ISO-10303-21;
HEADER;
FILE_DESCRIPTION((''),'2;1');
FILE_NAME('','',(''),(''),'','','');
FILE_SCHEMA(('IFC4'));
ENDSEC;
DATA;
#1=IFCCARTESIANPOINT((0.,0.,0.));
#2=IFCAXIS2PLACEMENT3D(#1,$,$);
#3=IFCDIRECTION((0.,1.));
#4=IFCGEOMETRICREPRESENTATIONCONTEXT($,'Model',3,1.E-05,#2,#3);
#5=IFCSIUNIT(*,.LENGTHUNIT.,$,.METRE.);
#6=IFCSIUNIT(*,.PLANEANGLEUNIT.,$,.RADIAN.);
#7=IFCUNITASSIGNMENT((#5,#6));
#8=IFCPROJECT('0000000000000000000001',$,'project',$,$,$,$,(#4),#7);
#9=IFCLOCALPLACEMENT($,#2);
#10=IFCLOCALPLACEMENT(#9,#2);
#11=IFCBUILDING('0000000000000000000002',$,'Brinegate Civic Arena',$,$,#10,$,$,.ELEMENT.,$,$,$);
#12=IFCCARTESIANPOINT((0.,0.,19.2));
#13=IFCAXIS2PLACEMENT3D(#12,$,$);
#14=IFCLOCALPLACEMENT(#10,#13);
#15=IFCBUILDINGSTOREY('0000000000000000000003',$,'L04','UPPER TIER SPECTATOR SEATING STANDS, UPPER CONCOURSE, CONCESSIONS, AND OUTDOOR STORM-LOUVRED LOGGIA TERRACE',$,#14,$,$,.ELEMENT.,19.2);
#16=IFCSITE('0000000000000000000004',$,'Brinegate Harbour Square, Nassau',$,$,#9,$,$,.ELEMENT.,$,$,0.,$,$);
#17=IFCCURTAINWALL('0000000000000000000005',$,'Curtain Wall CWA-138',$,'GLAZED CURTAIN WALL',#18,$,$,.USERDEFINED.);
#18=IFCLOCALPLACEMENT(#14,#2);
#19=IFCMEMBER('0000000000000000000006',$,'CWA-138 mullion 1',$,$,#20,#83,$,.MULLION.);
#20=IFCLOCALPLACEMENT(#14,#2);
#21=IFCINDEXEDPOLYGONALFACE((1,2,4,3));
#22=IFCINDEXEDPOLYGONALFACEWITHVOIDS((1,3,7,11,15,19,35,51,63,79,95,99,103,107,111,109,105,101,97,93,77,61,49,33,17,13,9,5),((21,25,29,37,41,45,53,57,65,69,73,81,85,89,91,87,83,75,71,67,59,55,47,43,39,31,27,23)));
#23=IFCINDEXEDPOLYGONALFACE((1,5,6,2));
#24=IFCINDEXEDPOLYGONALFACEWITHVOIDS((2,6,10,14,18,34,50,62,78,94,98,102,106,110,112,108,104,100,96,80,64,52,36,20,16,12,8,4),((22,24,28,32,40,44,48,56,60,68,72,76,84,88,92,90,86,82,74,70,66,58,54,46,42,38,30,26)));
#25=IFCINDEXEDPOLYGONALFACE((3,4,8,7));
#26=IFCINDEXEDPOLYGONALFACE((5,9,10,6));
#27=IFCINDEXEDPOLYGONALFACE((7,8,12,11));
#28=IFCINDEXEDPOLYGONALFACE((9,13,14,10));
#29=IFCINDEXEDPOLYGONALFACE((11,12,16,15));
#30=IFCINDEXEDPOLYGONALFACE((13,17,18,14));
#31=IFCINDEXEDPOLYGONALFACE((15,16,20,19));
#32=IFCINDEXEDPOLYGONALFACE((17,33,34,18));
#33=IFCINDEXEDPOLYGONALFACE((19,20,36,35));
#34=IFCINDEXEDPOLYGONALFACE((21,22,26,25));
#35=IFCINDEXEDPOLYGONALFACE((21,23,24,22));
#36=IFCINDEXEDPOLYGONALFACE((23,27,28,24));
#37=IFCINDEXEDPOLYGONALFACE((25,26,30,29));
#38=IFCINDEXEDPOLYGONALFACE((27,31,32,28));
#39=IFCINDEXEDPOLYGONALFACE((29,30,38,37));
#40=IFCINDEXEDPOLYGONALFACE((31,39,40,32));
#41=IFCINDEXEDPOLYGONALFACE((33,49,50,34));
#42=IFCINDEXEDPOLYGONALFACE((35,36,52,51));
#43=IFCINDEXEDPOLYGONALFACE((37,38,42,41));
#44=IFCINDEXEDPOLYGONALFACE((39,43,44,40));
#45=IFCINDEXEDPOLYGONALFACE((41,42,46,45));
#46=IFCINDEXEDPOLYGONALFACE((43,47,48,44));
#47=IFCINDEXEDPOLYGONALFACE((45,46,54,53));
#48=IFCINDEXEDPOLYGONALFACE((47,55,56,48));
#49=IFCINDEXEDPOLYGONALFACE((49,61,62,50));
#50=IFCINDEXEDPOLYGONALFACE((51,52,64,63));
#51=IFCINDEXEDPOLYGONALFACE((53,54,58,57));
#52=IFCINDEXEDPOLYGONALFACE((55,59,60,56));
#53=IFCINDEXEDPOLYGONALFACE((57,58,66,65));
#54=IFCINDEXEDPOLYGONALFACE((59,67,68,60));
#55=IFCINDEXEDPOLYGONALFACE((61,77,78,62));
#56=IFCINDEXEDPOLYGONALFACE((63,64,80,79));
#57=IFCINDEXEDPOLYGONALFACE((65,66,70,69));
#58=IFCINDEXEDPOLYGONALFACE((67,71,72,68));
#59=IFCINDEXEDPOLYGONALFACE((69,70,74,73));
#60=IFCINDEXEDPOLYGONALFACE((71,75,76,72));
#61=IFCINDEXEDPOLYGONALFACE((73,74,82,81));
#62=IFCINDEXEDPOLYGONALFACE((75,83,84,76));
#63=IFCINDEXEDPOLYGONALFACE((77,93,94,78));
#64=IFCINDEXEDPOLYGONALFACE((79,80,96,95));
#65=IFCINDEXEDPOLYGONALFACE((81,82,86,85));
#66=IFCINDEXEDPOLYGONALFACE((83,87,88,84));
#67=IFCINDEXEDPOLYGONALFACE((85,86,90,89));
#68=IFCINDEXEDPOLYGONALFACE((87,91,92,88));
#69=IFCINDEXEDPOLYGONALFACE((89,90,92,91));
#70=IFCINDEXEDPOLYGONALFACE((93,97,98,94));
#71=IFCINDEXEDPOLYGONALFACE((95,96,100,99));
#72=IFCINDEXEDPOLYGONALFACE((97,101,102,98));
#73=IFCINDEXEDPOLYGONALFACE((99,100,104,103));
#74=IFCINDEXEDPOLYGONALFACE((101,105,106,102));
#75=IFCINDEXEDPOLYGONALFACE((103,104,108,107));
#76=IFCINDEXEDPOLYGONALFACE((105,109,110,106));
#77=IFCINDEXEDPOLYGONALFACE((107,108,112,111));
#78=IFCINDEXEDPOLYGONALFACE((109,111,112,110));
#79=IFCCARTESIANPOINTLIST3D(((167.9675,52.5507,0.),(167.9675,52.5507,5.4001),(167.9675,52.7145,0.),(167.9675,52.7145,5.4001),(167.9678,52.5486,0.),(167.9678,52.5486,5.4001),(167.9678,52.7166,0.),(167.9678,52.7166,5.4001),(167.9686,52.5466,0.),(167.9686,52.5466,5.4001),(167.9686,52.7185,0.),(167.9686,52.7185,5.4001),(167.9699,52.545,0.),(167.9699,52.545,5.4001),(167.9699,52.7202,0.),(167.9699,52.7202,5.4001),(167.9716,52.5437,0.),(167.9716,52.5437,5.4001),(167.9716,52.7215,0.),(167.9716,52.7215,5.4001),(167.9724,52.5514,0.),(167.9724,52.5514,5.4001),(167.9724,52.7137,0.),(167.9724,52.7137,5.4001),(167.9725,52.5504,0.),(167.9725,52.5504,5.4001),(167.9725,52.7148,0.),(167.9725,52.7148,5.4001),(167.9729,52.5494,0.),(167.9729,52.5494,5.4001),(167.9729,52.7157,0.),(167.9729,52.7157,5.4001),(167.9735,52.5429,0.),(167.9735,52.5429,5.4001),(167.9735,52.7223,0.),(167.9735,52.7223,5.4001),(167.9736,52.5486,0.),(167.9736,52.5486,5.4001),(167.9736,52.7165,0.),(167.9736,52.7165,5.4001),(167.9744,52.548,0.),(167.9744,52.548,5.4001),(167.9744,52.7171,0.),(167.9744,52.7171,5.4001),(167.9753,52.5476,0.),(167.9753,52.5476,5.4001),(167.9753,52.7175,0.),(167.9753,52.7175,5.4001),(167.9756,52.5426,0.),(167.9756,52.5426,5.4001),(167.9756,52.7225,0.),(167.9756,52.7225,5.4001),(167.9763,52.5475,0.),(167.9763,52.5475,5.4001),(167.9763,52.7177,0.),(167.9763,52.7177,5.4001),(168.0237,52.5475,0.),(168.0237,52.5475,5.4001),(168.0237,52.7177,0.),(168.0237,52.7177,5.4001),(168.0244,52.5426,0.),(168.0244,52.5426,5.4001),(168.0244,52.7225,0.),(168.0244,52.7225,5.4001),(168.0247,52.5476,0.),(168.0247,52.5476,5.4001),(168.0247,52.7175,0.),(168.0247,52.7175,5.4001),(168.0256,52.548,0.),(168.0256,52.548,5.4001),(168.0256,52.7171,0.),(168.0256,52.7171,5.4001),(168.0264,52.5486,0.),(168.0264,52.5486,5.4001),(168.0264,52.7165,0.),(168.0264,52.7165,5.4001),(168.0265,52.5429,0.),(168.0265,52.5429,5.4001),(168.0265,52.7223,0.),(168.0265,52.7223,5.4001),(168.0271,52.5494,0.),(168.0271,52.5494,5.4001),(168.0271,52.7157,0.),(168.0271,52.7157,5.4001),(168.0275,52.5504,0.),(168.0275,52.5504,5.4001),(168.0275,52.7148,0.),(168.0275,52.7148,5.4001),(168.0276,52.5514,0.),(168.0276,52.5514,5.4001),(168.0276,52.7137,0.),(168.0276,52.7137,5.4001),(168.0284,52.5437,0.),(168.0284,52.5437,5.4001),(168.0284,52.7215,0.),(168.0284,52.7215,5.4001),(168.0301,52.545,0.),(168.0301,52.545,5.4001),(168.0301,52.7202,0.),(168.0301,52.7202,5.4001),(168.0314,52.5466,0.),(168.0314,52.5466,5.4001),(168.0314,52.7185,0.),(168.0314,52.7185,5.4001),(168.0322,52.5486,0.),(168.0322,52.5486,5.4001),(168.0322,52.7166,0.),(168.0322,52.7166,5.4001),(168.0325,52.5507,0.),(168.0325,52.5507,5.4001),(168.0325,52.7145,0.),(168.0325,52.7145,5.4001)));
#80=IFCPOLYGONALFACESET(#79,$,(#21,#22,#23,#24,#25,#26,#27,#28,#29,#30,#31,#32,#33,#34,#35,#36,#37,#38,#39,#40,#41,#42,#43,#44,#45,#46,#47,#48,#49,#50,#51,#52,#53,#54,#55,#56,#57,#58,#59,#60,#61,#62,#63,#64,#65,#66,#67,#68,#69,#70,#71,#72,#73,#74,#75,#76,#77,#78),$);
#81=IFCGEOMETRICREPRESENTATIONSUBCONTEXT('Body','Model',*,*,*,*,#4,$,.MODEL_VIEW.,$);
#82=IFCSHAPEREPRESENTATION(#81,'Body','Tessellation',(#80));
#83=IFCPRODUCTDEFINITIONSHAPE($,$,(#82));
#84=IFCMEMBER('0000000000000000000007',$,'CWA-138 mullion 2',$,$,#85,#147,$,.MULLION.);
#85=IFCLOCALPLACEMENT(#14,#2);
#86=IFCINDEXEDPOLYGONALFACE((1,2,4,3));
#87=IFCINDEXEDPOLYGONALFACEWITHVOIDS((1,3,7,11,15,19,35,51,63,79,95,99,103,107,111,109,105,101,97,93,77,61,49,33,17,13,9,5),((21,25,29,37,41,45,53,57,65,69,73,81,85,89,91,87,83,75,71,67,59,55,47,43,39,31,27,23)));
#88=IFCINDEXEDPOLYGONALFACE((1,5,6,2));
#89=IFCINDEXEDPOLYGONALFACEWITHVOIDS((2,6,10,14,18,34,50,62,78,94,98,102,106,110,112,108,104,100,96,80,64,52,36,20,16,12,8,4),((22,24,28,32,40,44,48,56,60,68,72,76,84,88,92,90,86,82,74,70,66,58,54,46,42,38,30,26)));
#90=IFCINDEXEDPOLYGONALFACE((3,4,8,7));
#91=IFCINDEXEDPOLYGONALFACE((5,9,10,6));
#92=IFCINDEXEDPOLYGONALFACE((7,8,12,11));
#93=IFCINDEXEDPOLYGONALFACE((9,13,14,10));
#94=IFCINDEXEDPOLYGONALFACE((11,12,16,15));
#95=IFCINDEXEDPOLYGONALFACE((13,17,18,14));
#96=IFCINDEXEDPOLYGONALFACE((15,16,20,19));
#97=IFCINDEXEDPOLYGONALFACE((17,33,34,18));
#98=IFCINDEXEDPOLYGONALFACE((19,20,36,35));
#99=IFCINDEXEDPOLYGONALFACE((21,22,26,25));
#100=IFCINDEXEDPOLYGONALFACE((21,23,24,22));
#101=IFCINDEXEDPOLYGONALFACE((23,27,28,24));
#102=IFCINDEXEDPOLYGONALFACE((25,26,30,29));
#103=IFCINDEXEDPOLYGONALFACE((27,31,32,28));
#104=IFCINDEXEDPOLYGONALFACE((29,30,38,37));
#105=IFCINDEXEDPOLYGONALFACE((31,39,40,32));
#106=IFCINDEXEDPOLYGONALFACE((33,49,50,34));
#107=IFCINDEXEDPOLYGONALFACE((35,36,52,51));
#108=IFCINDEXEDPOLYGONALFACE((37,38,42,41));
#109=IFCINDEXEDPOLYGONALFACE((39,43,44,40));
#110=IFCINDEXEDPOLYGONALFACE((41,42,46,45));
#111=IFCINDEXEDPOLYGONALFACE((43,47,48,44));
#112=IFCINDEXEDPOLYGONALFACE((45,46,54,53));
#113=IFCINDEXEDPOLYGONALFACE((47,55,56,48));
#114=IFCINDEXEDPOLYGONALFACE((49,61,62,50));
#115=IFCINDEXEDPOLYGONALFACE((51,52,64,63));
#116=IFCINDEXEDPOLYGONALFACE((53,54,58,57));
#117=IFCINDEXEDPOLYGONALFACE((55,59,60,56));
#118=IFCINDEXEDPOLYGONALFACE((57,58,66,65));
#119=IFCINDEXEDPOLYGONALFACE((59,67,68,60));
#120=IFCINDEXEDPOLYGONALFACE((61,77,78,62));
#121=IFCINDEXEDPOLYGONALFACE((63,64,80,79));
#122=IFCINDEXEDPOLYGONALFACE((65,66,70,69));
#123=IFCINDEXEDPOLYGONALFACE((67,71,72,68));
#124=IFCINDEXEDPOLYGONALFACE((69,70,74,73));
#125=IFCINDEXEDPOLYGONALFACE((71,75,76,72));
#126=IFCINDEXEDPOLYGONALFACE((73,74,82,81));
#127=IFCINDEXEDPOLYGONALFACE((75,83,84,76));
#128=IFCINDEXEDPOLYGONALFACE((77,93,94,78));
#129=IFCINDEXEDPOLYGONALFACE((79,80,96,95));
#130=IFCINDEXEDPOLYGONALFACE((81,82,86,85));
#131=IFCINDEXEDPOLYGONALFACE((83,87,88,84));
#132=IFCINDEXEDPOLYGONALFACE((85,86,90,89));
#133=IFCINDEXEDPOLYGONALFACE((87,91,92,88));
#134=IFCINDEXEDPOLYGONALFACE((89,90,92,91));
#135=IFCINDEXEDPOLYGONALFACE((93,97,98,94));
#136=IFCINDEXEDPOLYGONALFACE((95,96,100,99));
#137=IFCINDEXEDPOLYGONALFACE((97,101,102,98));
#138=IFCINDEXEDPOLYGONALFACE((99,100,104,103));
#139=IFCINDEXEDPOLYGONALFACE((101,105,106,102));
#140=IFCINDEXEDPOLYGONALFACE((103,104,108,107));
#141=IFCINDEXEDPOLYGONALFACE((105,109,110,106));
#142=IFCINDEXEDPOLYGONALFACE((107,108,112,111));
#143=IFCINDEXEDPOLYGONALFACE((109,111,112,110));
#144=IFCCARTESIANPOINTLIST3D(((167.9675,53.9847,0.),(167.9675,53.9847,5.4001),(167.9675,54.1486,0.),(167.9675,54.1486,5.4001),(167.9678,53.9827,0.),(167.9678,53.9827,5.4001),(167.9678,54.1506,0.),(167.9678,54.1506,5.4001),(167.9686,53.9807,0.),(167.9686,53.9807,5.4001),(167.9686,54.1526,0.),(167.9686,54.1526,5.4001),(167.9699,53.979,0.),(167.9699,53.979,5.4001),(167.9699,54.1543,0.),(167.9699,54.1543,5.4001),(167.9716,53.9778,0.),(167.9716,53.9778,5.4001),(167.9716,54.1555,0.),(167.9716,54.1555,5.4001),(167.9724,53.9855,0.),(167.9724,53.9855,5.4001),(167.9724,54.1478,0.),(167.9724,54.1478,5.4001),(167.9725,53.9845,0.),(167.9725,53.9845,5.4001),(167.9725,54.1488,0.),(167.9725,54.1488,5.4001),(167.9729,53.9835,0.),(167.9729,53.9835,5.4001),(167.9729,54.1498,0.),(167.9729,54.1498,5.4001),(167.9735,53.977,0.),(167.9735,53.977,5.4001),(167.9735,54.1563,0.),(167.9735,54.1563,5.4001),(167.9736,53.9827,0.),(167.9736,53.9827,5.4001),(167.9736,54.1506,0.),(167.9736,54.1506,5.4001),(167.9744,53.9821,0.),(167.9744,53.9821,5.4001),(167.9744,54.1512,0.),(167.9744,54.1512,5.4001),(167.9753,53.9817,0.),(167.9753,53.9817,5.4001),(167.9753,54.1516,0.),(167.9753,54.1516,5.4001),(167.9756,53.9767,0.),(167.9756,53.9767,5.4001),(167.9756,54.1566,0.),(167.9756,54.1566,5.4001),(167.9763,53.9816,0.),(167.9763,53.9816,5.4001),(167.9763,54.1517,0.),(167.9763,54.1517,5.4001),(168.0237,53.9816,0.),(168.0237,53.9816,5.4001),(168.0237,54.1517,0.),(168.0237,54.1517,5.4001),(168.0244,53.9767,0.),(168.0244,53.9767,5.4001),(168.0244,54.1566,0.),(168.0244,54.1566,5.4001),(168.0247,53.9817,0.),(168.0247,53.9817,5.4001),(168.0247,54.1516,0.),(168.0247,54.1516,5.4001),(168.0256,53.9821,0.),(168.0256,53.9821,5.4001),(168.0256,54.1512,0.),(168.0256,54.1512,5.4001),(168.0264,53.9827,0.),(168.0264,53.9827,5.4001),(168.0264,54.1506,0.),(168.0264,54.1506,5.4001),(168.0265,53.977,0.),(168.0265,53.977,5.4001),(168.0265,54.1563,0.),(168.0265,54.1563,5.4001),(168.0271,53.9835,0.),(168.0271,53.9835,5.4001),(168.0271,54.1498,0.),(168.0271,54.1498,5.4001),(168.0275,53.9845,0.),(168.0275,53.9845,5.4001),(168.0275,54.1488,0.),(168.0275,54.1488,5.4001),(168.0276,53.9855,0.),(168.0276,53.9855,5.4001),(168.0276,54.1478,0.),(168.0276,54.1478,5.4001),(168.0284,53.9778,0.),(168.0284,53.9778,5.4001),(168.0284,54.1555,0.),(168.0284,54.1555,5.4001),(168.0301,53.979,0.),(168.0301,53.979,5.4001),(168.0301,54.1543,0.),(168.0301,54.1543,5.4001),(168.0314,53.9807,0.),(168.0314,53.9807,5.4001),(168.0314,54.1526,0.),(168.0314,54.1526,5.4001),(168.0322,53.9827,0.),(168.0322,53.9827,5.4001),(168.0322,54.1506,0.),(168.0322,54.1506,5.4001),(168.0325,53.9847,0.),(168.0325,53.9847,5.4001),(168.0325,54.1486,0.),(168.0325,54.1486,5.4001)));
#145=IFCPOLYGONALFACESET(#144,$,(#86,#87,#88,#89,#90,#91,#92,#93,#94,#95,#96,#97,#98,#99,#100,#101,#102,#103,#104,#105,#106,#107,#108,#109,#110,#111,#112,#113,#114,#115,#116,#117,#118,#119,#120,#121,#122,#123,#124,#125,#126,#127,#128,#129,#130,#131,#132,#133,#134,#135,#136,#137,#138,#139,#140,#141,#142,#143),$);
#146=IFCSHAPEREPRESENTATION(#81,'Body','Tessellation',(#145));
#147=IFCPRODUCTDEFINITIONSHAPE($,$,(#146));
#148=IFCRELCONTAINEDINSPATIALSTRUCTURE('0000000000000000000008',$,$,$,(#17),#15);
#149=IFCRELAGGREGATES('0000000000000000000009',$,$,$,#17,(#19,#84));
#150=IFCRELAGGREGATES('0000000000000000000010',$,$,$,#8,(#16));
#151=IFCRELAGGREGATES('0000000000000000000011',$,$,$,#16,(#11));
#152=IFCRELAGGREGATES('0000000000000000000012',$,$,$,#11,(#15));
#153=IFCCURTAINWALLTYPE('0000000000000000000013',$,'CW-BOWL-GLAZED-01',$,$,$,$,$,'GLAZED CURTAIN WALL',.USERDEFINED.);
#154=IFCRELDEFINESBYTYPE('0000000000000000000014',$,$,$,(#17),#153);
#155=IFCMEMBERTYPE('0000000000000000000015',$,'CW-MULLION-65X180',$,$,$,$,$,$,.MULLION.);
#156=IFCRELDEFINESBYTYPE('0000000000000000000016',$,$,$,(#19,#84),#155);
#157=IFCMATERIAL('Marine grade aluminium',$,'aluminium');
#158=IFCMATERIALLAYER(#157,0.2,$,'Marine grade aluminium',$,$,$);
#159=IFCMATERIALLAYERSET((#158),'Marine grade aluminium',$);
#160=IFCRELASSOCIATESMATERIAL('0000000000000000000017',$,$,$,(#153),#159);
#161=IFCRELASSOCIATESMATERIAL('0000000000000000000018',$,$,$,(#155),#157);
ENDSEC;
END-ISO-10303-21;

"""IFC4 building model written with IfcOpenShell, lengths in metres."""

from ifc_helpers import new_model, si_unit, direction, frame, origin, origin_2d, place, context, subcontext, project, spatial, hollow_rectangle, extrude, material, layer, layer_set, material_profile, profile_set, type_object, element, aggregate, save


model = new_model("IFC4")

# Units and contexts
model_context = context("Model", 3, precision=1e-05, world=origin(), true_north=direction((0.0, 1.0)))
body_context = subcontext(model_context, "Body", "Model", "MODEL_VIEW")
ifc_project = project(units=[si_unit("LENGTHUNIT", "METRE"), si_unit("PLANEANGLEUNIT", "RADIAN")], contexts=[model_context])

# Site, building, storey
site_placement = place(None, origin())
site = spatial("IfcSite", under=ifc_project, at=site_placement, Name="Brinegate Harbour Square, Nassau", CompositionType="ELEMENT", RefElevation=0.0)
building_placement = place(site_placement, origin())
building = spatial("IfcBuilding", under=site, at=building_placement, Name="Brinegate Civic Arena", CompositionType="ELEMENT")
storey_placement = place(building_placement, frame((0.0, 0.0, 19.2)))
storey = spatial("IfcBuildingStorey", under=building, at=storey_placement, Name="L04", Description="UPPER TIER SPECTATOR SEATING STANDS, UPPER CONCOURSE, CONCESSIONS, AND OUTDOOR STORM-LOUVRED LOGGIA TERRACE", CompositionType="ELEMENT", Elevation=19.2)

# Curtain wall, members
ifc_material_1 = material(Name="Marine grade aluminium", Category="aluminium")
ifc_layer_1 = layer(ifc_material_1, 0.2, Name="Marine grade aluminium")
ifc_layer_set_1 = layer_set([ifc_layer_1], Name="Marine grade aluminium")
curtain_wall_type = type_object("IfcCurtainWallType", Name="CW-BOWL-GLAZED-01", ElementType="GLAZED CURTAIN WALL", PredefinedType="USERDEFINED", material=ifc_layer_set_1)
curtain_wall_1_placement = place(storey_placement, origin())
curtain_wall_1 = element("IfcCurtainWall", 1, at=curtain_wall_1_placement, inside=storey, type_object=curtain_wall_type, Name="Curtain Wall CWA-138", ObjectType="GLAZED CURTAIN WALL", PredefinedType="USERDEFINED")
ifc_material_profile_1 = material_profile(ifc_material_1, hollow_rectangle(XDim=0.0649, YDim=0.1799, WallThickness=0.0049, InnerFilletRadius=0.0039, OuterFilletRadius=0.0081, at=origin_2d()), Name="MUL65X180")
ifc_profile_set_1 = profile_set([ifc_material_profile_1], Name="Marine grade aluminium")
member_type_1 = type_object("IfcMemberType", Name="CW-MULLION-65X180", PredefinedType="MULLION", material=ifc_profile_set_1)
member_1_placement = place(storey_placement, frame((168.0, 52.6326, 0.0), z_axis=(0.0, 0.0, 1.0), x_axis=(-1.0, 0.0, 0.0)))
member_1 = element("IfcMember", 2, at=member_1_placement, type_object=member_type_1, Name="CWA-138 mullion 1", PredefinedType="MULLION", context=body_context, shape_type="SweptSolid", body=[
    extrude(hollow_rectangle(XDim=0.0649, YDim=0.1799, WallThickness=0.0049, InnerFilletRadius=0.0039, OuterFilletRadius=0.0081, at=origin_2d()), origin(), (0.0, 0.0, 1.0), 5.4001),
])
member_2_placement = place(storey_placement, frame((168.0, 54.0667, 0.0), z_axis=(0.0, 0.0, 1.0), x_axis=(-1.0, 0.0, 0.0)))
member_2 = element("IfcMember", 3, at=member_2_placement, type_object=member_type_1, Name="CWA-138 mullion 2", PredefinedType="MULLION", context=body_context, shape_type="SweptSolid", body=[
    extrude(hollow_rectangle(XDim=0.0649, YDim=0.1799, WallThickness=0.0049, InnerFilletRadius=0.0039, OuterFilletRadius=0.0081, at=origin_2d()), origin(), (0.0, 0.0, 1.0), 5.4001),
])

aggregate(curtain_wall_1, [member_1, member_2])

save(model, "model.ifc")
